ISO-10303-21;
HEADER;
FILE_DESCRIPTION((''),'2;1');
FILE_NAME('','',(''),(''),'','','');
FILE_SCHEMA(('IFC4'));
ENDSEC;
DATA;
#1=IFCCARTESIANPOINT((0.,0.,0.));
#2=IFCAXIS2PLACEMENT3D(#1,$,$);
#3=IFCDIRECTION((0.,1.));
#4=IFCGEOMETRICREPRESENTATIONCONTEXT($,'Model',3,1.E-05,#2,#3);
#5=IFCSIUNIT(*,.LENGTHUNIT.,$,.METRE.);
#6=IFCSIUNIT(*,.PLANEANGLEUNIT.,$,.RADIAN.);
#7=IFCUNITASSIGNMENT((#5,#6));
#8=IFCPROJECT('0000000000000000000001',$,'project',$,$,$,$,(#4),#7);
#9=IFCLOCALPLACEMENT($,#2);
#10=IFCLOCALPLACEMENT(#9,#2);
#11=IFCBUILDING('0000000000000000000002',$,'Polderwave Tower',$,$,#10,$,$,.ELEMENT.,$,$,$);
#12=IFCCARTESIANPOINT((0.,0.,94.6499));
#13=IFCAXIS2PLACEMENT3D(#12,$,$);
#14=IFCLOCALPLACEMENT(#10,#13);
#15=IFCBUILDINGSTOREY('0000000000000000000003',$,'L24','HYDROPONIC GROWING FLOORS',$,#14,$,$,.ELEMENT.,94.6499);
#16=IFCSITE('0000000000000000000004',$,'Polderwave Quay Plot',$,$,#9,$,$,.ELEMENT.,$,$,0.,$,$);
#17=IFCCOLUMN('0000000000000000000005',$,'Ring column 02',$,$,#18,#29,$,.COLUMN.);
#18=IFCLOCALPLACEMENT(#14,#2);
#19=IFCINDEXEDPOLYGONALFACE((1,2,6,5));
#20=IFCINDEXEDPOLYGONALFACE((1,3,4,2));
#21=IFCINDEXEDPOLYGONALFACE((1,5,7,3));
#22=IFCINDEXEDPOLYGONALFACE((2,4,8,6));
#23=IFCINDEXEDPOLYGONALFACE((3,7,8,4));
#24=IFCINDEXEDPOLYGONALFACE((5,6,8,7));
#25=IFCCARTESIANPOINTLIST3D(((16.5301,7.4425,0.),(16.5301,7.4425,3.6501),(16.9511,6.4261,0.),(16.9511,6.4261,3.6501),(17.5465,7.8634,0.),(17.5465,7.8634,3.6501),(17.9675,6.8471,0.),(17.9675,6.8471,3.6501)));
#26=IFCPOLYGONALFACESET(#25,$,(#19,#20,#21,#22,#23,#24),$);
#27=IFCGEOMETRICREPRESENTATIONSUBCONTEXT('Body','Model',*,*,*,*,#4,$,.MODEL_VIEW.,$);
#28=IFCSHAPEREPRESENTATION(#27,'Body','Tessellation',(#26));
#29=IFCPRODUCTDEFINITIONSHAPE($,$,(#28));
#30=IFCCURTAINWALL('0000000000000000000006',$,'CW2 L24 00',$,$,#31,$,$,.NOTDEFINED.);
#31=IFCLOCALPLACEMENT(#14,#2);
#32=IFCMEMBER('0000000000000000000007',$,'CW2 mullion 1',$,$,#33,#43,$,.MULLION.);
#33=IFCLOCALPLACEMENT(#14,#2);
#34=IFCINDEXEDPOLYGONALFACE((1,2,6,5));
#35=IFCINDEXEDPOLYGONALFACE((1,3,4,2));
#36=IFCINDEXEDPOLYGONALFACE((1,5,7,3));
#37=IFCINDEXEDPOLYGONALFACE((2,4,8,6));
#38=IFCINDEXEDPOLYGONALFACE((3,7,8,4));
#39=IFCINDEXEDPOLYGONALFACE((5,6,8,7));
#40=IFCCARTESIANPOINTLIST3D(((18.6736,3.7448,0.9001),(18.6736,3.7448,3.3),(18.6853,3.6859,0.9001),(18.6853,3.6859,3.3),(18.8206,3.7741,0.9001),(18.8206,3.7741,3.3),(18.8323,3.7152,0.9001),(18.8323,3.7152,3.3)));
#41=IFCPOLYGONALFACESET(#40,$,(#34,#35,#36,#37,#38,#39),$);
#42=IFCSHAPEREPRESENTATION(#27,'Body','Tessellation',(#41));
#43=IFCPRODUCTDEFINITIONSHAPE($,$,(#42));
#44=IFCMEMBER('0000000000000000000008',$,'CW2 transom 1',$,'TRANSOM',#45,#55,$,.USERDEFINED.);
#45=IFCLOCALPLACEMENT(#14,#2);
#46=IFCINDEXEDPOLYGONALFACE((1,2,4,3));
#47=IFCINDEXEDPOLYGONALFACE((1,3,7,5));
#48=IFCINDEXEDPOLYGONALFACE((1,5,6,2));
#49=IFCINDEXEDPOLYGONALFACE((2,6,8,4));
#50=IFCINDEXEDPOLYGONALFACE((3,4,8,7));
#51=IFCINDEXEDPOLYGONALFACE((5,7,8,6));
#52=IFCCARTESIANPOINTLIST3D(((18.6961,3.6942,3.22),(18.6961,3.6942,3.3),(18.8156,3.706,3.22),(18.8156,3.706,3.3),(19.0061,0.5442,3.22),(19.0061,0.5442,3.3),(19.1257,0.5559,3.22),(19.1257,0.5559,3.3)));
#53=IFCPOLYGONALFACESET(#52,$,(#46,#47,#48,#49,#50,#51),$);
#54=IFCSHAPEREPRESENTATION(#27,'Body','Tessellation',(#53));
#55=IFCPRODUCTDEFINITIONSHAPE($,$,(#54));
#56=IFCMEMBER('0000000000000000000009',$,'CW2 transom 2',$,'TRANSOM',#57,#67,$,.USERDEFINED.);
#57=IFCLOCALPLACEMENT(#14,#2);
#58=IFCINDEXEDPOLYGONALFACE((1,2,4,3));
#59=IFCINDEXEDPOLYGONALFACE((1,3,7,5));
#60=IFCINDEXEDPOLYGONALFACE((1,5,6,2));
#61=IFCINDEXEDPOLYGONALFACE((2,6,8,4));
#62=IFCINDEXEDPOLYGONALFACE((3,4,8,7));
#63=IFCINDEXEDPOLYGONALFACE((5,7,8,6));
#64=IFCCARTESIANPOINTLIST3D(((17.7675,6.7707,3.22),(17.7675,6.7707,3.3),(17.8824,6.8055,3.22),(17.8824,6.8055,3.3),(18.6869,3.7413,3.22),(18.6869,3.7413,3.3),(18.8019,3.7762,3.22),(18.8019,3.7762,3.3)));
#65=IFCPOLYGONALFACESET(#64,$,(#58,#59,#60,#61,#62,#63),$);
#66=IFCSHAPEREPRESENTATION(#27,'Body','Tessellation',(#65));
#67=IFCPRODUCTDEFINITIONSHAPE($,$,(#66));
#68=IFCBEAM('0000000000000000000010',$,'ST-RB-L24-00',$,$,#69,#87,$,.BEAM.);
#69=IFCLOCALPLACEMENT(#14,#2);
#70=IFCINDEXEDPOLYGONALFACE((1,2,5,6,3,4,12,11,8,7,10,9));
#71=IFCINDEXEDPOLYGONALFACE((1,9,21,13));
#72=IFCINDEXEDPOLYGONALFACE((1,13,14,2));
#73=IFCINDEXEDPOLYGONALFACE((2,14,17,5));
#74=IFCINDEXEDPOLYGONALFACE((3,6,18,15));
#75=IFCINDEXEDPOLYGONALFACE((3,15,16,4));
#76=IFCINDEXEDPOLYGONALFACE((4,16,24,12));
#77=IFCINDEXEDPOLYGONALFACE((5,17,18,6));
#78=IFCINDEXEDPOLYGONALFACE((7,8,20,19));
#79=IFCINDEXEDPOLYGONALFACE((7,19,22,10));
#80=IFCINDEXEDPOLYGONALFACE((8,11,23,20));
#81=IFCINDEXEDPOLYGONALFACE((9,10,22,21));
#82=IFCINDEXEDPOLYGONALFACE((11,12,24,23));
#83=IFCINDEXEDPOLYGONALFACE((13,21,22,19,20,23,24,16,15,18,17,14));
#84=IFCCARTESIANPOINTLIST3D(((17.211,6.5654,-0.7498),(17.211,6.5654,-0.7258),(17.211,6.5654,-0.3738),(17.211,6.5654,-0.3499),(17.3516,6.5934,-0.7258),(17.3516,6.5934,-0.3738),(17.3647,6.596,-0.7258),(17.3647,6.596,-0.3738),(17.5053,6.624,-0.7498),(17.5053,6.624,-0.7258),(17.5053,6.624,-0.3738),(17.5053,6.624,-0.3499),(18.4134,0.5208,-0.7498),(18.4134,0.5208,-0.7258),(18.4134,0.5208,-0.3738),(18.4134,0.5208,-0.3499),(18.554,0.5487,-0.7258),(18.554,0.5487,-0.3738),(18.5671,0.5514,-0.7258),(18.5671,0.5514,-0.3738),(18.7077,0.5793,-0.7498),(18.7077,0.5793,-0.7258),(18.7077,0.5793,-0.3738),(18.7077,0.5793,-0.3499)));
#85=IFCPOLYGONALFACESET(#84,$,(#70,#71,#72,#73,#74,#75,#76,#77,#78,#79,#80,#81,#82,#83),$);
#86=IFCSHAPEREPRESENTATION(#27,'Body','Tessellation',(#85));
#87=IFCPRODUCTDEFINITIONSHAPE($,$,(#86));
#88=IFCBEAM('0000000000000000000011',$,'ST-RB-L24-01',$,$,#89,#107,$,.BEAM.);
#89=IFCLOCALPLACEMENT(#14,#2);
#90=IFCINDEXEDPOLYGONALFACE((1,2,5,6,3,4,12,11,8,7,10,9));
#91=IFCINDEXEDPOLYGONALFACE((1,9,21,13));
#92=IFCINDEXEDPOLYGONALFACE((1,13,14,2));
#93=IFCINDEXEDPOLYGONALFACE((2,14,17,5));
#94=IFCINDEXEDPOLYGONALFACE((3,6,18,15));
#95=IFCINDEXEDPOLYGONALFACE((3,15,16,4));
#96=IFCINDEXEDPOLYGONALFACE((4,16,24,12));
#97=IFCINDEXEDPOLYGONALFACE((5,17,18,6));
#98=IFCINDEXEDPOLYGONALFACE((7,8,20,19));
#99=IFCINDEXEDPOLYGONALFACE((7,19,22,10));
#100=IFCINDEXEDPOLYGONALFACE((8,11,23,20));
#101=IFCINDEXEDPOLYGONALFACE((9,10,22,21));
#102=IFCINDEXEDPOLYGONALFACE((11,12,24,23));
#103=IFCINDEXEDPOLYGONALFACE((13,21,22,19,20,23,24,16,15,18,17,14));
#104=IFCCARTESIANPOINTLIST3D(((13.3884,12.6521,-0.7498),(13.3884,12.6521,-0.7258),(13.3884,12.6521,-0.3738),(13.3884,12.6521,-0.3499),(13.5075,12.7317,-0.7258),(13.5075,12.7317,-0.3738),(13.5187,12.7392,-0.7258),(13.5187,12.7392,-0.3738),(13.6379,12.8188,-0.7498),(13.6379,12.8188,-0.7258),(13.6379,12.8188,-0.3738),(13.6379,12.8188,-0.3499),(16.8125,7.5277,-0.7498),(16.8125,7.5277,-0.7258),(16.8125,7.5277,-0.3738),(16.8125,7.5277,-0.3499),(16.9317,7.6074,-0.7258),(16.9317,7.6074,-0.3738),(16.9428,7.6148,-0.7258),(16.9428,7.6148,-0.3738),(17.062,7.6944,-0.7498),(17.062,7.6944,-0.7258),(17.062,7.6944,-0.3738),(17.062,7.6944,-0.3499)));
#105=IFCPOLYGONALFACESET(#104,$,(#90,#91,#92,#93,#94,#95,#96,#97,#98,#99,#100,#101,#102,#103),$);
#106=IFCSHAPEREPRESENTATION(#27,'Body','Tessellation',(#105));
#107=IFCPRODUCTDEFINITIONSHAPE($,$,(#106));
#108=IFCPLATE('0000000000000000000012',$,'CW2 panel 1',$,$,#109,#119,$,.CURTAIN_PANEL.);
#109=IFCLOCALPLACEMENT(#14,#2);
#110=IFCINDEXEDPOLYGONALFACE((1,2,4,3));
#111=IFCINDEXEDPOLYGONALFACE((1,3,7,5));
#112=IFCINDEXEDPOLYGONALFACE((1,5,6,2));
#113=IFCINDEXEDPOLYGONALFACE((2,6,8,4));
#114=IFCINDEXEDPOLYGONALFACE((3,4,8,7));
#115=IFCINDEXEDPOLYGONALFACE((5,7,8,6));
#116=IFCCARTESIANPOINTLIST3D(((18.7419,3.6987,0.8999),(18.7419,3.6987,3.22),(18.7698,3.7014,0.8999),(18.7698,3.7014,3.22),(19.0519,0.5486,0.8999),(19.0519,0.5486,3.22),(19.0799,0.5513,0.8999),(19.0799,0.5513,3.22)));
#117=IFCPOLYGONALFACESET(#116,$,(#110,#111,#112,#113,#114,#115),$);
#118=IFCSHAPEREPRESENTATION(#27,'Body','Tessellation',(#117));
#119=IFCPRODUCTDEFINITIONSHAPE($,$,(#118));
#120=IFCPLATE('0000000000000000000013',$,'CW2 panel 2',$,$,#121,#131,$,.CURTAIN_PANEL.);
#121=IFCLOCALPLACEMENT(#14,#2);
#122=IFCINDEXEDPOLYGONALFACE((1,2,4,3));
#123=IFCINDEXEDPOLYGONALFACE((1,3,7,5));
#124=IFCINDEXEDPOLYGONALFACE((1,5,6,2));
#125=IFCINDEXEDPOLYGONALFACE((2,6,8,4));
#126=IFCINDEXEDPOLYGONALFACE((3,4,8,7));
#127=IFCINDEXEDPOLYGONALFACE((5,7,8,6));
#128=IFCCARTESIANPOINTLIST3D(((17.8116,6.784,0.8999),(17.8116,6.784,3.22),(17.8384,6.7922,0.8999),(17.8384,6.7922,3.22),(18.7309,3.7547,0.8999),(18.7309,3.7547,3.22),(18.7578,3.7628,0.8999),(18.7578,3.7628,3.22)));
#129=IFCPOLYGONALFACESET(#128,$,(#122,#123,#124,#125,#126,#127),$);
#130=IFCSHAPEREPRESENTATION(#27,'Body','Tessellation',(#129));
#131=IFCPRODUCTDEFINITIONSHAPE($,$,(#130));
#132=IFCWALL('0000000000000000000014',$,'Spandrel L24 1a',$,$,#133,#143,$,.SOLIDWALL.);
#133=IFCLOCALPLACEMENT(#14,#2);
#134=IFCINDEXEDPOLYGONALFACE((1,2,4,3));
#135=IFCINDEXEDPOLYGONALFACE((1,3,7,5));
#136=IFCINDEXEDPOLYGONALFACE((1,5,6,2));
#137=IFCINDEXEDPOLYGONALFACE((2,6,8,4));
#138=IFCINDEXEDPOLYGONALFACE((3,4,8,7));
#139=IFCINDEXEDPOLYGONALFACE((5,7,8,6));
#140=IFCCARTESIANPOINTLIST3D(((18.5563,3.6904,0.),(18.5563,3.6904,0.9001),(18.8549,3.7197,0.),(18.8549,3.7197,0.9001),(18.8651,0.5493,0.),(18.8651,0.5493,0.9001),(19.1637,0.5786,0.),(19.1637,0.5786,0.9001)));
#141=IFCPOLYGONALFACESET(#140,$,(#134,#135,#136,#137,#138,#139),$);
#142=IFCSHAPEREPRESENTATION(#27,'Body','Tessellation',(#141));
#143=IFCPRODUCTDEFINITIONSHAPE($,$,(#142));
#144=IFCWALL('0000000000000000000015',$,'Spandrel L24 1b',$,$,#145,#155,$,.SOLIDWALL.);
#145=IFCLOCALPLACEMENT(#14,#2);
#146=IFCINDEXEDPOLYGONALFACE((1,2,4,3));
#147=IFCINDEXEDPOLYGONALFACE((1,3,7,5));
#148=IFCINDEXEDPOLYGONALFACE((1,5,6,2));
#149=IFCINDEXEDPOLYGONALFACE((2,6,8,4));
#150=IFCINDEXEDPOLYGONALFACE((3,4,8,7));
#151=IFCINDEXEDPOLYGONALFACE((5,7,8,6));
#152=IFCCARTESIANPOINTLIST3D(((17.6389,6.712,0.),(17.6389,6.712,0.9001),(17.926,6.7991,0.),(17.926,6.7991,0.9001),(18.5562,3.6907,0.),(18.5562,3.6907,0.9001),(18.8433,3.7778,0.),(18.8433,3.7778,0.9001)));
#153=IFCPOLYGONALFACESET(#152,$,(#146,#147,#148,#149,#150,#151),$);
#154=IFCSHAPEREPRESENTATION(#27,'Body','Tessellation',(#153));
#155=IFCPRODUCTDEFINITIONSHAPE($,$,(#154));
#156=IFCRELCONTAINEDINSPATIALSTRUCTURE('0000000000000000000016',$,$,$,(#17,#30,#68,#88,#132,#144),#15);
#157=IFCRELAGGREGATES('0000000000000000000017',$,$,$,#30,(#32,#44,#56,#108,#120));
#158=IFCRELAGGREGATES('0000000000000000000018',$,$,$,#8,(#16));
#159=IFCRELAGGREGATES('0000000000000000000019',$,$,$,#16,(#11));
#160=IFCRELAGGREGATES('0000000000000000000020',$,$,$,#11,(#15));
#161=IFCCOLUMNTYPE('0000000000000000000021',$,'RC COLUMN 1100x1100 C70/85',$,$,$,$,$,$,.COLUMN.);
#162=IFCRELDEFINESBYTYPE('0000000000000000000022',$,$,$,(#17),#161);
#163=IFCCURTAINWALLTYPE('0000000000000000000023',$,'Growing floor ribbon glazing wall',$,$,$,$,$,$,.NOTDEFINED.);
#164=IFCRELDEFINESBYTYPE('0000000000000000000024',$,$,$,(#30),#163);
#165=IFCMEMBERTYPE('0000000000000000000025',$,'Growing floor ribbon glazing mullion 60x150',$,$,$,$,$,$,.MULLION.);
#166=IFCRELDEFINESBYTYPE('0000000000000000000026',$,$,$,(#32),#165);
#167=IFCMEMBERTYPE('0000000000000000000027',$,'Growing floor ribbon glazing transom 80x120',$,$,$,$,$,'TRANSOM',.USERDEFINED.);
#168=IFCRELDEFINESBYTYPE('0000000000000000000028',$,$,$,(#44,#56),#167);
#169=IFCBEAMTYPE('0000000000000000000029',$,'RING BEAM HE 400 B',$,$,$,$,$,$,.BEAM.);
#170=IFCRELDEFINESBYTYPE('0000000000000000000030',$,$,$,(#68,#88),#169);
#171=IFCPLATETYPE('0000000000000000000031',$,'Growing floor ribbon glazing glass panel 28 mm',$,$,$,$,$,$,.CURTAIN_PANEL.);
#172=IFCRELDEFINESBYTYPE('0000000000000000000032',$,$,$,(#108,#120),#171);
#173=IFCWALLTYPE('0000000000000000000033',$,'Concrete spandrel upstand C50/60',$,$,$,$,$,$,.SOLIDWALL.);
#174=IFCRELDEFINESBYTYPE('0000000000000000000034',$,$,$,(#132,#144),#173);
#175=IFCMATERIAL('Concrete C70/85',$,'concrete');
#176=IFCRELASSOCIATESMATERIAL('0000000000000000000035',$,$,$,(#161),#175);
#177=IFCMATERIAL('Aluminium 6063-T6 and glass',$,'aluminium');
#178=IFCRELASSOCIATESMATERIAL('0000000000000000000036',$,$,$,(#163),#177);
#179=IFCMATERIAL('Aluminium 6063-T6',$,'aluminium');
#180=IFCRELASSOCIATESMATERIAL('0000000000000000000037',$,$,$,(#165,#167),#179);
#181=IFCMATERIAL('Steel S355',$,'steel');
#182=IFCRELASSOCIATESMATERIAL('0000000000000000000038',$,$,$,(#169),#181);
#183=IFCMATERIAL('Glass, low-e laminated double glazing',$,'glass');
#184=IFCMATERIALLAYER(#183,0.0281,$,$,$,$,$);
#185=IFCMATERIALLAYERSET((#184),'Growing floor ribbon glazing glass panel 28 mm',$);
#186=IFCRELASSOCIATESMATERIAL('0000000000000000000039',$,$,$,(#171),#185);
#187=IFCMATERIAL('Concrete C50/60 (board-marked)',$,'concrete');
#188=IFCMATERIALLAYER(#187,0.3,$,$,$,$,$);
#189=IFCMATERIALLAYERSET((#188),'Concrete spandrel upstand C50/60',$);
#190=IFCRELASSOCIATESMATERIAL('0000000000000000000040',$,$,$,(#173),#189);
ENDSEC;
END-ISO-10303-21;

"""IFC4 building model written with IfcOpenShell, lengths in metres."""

from ifc_helpers import new_model, si_unit, direction, frame, frame_2d, origin, origin_2d, place, context, subcontext, project, spatial, rectangle, i_section, extrude, material, layer, layer_set, material_profile, profile_set, type_object, element, aggregate, save


model = new_model("IFC4")

# Units and contexts
model_context = context("Model", 3, precision=1e-05, world=origin(), true_north=direction((0.0, 1.0)))
body_context = subcontext(model_context, "Body", "Model", "MODEL_VIEW")
ifc_project = project(units=[si_unit("LENGTHUNIT", "METRE"), si_unit("PLANEANGLEUNIT", "RADIAN")], contexts=[model_context])

# Site, building, storey
site_placement = place(None, origin())
site = spatial("IfcSite", under=ifc_project, at=site_placement, Name="Polderwave Quay Plot", CompositionType="ELEMENT", RefElevation=0.0)
building_placement = place(site_placement, origin())
building = spatial("IfcBuilding", under=site, at=building_placement, Name="Polderwave Tower", CompositionType="ELEMENT")
storey_placement = place(building_placement, frame((0.0, 0.0, 94.6499)))
storey = spatial("IfcBuildingStorey", under=building, at=storey_placement, Name="L24", Description="HYDROPONIC GROWING FLOORS", CompositionType="ELEMENT", Elevation=94.6499)

# Column
ifc_material_1 = material(Name="Concrete C70/85", Category="concrete")
ifc_material_profile_1 = material_profile(ifc_material_1, rectangle(XDim=1.1001, YDim=1.1001, at=origin_2d()), Name="RC 1100x1100")
ifc_profile_set_1 = profile_set([ifc_material_profile_1], Name="Concrete C70/85")
column_type = type_object("IfcColumnType", Name="RC COLUMN 1100x1100 C70/85", PredefinedType="COLUMN", material=ifc_profile_set_1)
column_placement = place(storey_placement, frame((17.2488, 7.1448, 0.0), z_axis=(0.0, 0.0, 1.0), x_axis=(0.92388, 0.382683, 0.0)))
element("IfcColumn", 1, at=column_placement, inside=storey, type_object=column_type, Name="Ring column 02", PredefinedType="COLUMN", context=body_context, shape_type="SweptSolid", body=[
    extrude(rectangle(XDim=1.1001, YDim=1.1001, at=origin_2d()), origin(), (0.0, 0.0, 1.0), 3.6501),
])

# Curtain wall, members
ifc_material_2 = material(Name="Aluminium 6063-T6 and glass", Category="aluminium")
curtain_wall_type = type_object("IfcCurtainWallType", Name="Growing floor ribbon glazing wall", PredefinedType="NOTDEFINED", material=ifc_material_2)
curtain_wall_placement = place(storey_placement, origin())
curtain_wall = element("IfcCurtainWall", 2, at=curtain_wall_placement, inside=storey, type_object=curtain_wall_type, Name="CW2 L24 00", PredefinedType="NOTDEFINED")
ifc_material_3 = material(Name="Aluminium 6063-T6", Category="aluminium")
ifc_material_profile_2 = material_profile(ifc_material_3, rectangle(XDim=0.1499, YDim=0.0601, at=origin_2d()), Name="AL 60x150")
ifc_profile_set_2 = profile_set([ifc_material_profile_2], Name="Aluminium 6063-T6")
member_type_1 = type_object("IfcMemberType", Name="Growing floor ribbon glazing mullion 60x150", PredefinedType="MULLION", material=ifc_profile_set_2)
member_1_placement = place(storey_placement, frame((18.7529, 3.73, 0.9001), z_axis=(0.0, 0.0, 1.0), x_axis=(-0.980781, -0.195113, 0.0)))
member_1 = element("IfcMember", 3, at=member_1_placement, type_object=member_type_1, Name="CW2 mullion 1", PredefinedType="MULLION", context=body_context, shape_type="SweptSolid", body=[
    extrude(rectangle(XDim=0.1499, YDim=0.0601, at=origin_2d()), origin(), (0.0, 0.0, 1.0), 2.3999),
])
ifc_material_profile_3 = material_profile(ifc_material_3, rectangle(XDim=0.1201, YDim=0.0801, at=origin_2d()), Name="AL 80x120")
ifc_profile_set_3 = profile_set([ifc_material_profile_3], Name="Aluminium 6063-T6")
member_type_2 = type_object("IfcMemberType", Name="Growing floor ribbon glazing transom 80x120", ElementType="TRANSOM", PredefinedType="USERDEFINED", material=ifc_profile_set_3)
member_2_placement = place(storey_placement, frame((19.0659, 0.55, 3.26), z_axis=(-0.097953, 0.995191, 0.0), x_axis=(-0.995191, -0.097953, 0.0)))
member_2 = element("IfcMember", 4, at=member_2_placement, type_object=member_type_2, Name="CW2 transom 1", ObjectType="TRANSOM", PredefinedType="USERDEFINED", context=body_context, shape_type="SweptSolid", body=[
    extrude(rectangle(XDim=0.1201, YDim=0.0801, at=origin_2d()), origin(), (0.0, 0.0, 1.0), 3.1653),
])
member_3_placement = place(storey_placement, frame((18.7444, 3.7588, 3.26), z_axis=(-0.290431, 0.956896, 0.0), x_axis=(-0.956896, -0.290431, 0.0)))
member_3 = element("IfcMember", 5, at=member_3_placement, type_object=member_type_2, Name="CW2 transom 2", ObjectType="TRANSOM", PredefinedType="USERDEFINED", context=body_context, shape_type="SweptSolid", body=[
    extrude(rectangle(XDim=0.1201, YDim=0.0801, at=origin_2d()), origin(), (0.0, 0.0, 1.0), 3.1658),
])

# Beams
ifc_material_4 = material(Name="Steel S355", Category="steel")
ifc_material_profile_4 = material_profile(ifc_material_4, i_section(OverallWidth=0.3, OverallDepth=0.3999, WebThickness=0.0134, FlangeThickness=0.0239, at=origin_2d()), Name="HE 400 B")
ifc_profile_set_4 = profile_set([ifc_material_profile_4], Name="Steel S355")
beam_type = type_object("IfcBeamType", Name="RING BEAM HE 400 B", PredefinedType="BEAM", material=ifc_profile_set_4)
for number, where, z_axis, x_axis, name in (
    (6, (18.5605, 0.55, -0.5498), (-0.195095, 0.980784, 0.0), (-0.980784, -0.195095, 0.0), "ST-RB-L24-00"),
    (7, (16.9373, 7.6111, -0.5498), (-0.555587, 0.831459, 0.0), (-0.831459, -0.555587, 0.0), "ST-RB-L24-01"),
):
    element("IfcBeam", number, at=place(storey_placement, frame(where, z_axis=z_axis, x_axis=x_axis)), inside=storey, type_object=beam_type, Name=name, PredefinedType="BEAM", context=body_context, shape_type="SweptSolid", body=[
        extrude(i_section(OverallWidth=0.3, OverallDepth=0.3999, WebThickness=0.0134, FlangeThickness=0.0239, at=origin_2d()), origin(), (0.0, 0.0, 1.0), 6.1631),
    ])

# Plates
ifc_material_5 = material(Name="Glass, low-e laminated double glazing", Category="glass")
ifc_layer_1 = layer(ifc_material_5, 0.0281)
ifc_layer_set_1 = layer_set([ifc_layer_1], Name="Growing floor ribbon glazing glass panel 28 mm")
plate_type = type_object("IfcPlateType", Name="Growing floor ribbon glazing glass panel 28 mm", PredefinedType="CURTAIN_PANEL", material=ifc_layer_set_1)
plate_1_placement = place(storey_placement, frame((18.9109, 2.125, 0.8999), z_axis=(0.0, 0.0, 1.0), x_axis=(-0.097955, 0.995191, 0.0)))
plate_1 = element("IfcPlate", 8, at=plate_1_placement, type_object=plate_type, Name="CW2 panel 1", PredefinedType="CURTAIN_PANEL", context=body_context, shape_type="SweptSolid", body=[
    extrude(rectangle(XDim=3.1653, YDim=0.0281, at=origin_2d()), origin(), (0.0, 0.0, 1.0), 2.3201),
])
plate_2_placement = place(storey_placement, frame((18.2847, 5.2734, 0.8999), z_axis=(0.0, 0.0, 1.0), x_axis=(-0.29039, 0.956908, 0.0)))
plate_2 = element("IfcPlate", 9, at=plate_2_placement, type_object=plate_type, Name="CW2 panel 2", PredefinedType="CURTAIN_PANEL", context=body_context, shape_type="SweptSolid", body=[
    extrude(rectangle(XDim=3.1658, YDim=0.0281, at=origin_2d()), origin(), (0.0, 0.0, 1.0), 2.3201),
])
aggregate(curtain_wall, [member_1, member_2, member_3, plate_1, plate_2])

# Walls
ifc_material_6 = material(Name="Concrete C50/60 (board-marked)", Category="concrete")
ifc_layer_2 = layer(ifc_material_6, 0.3)
ifc_layer_set_2 = layer_set([ifc_layer_2], Name="Concrete spandrel upstand C50/60")
wall_type_1 = type_object("IfcWallType", Name="Concrete spandrel upstand C50/60", PredefinedType="SOLIDWALL", material=ifc_layer_set_2)
wall_1_placement = place(storey_placement, frame((19.0144, 0.564, 0.0), z_axis=(0.0, 0.0, 1.0), x_axis=(-0.097849, 0.995201, 0.0)))
element("IfcWall", 10, at=wall_1_placement, inside=storey, type_object=wall_type_1, Name="Spandrel L24 1a", PredefinedType="SOLIDWALL", context=body_context, shape_type="SweptSolid", body=[
    extrude(rectangle(XDim=3.1562, YDim=0.3, at=frame_2d((1.5781, 0.0))), origin(), (0.0, 0.0, 1.0), 0.9001),
])
wall_2_placement = place(storey_placement, frame((18.6997, 3.7344, 0.0), z_axis=(0.0, 0.0, 1.0), x_axis=(-0.290503, 0.956874, 0.0)))
element("IfcWall", 11, at=wall_2_placement, inside=storey, type_object=wall_type_1, Name="Spandrel L24 1b", PredefinedType="SOLIDWALL", context=body_context, shape_type="SweptSolid", body=[
    extrude(rectangle(XDim=3.1575, YDim=0.3, at=frame_2d((1.5786, 0.0))), origin(), (0.0, 0.0, 1.0), 0.9001),
])

save(model, "model.ifc")
